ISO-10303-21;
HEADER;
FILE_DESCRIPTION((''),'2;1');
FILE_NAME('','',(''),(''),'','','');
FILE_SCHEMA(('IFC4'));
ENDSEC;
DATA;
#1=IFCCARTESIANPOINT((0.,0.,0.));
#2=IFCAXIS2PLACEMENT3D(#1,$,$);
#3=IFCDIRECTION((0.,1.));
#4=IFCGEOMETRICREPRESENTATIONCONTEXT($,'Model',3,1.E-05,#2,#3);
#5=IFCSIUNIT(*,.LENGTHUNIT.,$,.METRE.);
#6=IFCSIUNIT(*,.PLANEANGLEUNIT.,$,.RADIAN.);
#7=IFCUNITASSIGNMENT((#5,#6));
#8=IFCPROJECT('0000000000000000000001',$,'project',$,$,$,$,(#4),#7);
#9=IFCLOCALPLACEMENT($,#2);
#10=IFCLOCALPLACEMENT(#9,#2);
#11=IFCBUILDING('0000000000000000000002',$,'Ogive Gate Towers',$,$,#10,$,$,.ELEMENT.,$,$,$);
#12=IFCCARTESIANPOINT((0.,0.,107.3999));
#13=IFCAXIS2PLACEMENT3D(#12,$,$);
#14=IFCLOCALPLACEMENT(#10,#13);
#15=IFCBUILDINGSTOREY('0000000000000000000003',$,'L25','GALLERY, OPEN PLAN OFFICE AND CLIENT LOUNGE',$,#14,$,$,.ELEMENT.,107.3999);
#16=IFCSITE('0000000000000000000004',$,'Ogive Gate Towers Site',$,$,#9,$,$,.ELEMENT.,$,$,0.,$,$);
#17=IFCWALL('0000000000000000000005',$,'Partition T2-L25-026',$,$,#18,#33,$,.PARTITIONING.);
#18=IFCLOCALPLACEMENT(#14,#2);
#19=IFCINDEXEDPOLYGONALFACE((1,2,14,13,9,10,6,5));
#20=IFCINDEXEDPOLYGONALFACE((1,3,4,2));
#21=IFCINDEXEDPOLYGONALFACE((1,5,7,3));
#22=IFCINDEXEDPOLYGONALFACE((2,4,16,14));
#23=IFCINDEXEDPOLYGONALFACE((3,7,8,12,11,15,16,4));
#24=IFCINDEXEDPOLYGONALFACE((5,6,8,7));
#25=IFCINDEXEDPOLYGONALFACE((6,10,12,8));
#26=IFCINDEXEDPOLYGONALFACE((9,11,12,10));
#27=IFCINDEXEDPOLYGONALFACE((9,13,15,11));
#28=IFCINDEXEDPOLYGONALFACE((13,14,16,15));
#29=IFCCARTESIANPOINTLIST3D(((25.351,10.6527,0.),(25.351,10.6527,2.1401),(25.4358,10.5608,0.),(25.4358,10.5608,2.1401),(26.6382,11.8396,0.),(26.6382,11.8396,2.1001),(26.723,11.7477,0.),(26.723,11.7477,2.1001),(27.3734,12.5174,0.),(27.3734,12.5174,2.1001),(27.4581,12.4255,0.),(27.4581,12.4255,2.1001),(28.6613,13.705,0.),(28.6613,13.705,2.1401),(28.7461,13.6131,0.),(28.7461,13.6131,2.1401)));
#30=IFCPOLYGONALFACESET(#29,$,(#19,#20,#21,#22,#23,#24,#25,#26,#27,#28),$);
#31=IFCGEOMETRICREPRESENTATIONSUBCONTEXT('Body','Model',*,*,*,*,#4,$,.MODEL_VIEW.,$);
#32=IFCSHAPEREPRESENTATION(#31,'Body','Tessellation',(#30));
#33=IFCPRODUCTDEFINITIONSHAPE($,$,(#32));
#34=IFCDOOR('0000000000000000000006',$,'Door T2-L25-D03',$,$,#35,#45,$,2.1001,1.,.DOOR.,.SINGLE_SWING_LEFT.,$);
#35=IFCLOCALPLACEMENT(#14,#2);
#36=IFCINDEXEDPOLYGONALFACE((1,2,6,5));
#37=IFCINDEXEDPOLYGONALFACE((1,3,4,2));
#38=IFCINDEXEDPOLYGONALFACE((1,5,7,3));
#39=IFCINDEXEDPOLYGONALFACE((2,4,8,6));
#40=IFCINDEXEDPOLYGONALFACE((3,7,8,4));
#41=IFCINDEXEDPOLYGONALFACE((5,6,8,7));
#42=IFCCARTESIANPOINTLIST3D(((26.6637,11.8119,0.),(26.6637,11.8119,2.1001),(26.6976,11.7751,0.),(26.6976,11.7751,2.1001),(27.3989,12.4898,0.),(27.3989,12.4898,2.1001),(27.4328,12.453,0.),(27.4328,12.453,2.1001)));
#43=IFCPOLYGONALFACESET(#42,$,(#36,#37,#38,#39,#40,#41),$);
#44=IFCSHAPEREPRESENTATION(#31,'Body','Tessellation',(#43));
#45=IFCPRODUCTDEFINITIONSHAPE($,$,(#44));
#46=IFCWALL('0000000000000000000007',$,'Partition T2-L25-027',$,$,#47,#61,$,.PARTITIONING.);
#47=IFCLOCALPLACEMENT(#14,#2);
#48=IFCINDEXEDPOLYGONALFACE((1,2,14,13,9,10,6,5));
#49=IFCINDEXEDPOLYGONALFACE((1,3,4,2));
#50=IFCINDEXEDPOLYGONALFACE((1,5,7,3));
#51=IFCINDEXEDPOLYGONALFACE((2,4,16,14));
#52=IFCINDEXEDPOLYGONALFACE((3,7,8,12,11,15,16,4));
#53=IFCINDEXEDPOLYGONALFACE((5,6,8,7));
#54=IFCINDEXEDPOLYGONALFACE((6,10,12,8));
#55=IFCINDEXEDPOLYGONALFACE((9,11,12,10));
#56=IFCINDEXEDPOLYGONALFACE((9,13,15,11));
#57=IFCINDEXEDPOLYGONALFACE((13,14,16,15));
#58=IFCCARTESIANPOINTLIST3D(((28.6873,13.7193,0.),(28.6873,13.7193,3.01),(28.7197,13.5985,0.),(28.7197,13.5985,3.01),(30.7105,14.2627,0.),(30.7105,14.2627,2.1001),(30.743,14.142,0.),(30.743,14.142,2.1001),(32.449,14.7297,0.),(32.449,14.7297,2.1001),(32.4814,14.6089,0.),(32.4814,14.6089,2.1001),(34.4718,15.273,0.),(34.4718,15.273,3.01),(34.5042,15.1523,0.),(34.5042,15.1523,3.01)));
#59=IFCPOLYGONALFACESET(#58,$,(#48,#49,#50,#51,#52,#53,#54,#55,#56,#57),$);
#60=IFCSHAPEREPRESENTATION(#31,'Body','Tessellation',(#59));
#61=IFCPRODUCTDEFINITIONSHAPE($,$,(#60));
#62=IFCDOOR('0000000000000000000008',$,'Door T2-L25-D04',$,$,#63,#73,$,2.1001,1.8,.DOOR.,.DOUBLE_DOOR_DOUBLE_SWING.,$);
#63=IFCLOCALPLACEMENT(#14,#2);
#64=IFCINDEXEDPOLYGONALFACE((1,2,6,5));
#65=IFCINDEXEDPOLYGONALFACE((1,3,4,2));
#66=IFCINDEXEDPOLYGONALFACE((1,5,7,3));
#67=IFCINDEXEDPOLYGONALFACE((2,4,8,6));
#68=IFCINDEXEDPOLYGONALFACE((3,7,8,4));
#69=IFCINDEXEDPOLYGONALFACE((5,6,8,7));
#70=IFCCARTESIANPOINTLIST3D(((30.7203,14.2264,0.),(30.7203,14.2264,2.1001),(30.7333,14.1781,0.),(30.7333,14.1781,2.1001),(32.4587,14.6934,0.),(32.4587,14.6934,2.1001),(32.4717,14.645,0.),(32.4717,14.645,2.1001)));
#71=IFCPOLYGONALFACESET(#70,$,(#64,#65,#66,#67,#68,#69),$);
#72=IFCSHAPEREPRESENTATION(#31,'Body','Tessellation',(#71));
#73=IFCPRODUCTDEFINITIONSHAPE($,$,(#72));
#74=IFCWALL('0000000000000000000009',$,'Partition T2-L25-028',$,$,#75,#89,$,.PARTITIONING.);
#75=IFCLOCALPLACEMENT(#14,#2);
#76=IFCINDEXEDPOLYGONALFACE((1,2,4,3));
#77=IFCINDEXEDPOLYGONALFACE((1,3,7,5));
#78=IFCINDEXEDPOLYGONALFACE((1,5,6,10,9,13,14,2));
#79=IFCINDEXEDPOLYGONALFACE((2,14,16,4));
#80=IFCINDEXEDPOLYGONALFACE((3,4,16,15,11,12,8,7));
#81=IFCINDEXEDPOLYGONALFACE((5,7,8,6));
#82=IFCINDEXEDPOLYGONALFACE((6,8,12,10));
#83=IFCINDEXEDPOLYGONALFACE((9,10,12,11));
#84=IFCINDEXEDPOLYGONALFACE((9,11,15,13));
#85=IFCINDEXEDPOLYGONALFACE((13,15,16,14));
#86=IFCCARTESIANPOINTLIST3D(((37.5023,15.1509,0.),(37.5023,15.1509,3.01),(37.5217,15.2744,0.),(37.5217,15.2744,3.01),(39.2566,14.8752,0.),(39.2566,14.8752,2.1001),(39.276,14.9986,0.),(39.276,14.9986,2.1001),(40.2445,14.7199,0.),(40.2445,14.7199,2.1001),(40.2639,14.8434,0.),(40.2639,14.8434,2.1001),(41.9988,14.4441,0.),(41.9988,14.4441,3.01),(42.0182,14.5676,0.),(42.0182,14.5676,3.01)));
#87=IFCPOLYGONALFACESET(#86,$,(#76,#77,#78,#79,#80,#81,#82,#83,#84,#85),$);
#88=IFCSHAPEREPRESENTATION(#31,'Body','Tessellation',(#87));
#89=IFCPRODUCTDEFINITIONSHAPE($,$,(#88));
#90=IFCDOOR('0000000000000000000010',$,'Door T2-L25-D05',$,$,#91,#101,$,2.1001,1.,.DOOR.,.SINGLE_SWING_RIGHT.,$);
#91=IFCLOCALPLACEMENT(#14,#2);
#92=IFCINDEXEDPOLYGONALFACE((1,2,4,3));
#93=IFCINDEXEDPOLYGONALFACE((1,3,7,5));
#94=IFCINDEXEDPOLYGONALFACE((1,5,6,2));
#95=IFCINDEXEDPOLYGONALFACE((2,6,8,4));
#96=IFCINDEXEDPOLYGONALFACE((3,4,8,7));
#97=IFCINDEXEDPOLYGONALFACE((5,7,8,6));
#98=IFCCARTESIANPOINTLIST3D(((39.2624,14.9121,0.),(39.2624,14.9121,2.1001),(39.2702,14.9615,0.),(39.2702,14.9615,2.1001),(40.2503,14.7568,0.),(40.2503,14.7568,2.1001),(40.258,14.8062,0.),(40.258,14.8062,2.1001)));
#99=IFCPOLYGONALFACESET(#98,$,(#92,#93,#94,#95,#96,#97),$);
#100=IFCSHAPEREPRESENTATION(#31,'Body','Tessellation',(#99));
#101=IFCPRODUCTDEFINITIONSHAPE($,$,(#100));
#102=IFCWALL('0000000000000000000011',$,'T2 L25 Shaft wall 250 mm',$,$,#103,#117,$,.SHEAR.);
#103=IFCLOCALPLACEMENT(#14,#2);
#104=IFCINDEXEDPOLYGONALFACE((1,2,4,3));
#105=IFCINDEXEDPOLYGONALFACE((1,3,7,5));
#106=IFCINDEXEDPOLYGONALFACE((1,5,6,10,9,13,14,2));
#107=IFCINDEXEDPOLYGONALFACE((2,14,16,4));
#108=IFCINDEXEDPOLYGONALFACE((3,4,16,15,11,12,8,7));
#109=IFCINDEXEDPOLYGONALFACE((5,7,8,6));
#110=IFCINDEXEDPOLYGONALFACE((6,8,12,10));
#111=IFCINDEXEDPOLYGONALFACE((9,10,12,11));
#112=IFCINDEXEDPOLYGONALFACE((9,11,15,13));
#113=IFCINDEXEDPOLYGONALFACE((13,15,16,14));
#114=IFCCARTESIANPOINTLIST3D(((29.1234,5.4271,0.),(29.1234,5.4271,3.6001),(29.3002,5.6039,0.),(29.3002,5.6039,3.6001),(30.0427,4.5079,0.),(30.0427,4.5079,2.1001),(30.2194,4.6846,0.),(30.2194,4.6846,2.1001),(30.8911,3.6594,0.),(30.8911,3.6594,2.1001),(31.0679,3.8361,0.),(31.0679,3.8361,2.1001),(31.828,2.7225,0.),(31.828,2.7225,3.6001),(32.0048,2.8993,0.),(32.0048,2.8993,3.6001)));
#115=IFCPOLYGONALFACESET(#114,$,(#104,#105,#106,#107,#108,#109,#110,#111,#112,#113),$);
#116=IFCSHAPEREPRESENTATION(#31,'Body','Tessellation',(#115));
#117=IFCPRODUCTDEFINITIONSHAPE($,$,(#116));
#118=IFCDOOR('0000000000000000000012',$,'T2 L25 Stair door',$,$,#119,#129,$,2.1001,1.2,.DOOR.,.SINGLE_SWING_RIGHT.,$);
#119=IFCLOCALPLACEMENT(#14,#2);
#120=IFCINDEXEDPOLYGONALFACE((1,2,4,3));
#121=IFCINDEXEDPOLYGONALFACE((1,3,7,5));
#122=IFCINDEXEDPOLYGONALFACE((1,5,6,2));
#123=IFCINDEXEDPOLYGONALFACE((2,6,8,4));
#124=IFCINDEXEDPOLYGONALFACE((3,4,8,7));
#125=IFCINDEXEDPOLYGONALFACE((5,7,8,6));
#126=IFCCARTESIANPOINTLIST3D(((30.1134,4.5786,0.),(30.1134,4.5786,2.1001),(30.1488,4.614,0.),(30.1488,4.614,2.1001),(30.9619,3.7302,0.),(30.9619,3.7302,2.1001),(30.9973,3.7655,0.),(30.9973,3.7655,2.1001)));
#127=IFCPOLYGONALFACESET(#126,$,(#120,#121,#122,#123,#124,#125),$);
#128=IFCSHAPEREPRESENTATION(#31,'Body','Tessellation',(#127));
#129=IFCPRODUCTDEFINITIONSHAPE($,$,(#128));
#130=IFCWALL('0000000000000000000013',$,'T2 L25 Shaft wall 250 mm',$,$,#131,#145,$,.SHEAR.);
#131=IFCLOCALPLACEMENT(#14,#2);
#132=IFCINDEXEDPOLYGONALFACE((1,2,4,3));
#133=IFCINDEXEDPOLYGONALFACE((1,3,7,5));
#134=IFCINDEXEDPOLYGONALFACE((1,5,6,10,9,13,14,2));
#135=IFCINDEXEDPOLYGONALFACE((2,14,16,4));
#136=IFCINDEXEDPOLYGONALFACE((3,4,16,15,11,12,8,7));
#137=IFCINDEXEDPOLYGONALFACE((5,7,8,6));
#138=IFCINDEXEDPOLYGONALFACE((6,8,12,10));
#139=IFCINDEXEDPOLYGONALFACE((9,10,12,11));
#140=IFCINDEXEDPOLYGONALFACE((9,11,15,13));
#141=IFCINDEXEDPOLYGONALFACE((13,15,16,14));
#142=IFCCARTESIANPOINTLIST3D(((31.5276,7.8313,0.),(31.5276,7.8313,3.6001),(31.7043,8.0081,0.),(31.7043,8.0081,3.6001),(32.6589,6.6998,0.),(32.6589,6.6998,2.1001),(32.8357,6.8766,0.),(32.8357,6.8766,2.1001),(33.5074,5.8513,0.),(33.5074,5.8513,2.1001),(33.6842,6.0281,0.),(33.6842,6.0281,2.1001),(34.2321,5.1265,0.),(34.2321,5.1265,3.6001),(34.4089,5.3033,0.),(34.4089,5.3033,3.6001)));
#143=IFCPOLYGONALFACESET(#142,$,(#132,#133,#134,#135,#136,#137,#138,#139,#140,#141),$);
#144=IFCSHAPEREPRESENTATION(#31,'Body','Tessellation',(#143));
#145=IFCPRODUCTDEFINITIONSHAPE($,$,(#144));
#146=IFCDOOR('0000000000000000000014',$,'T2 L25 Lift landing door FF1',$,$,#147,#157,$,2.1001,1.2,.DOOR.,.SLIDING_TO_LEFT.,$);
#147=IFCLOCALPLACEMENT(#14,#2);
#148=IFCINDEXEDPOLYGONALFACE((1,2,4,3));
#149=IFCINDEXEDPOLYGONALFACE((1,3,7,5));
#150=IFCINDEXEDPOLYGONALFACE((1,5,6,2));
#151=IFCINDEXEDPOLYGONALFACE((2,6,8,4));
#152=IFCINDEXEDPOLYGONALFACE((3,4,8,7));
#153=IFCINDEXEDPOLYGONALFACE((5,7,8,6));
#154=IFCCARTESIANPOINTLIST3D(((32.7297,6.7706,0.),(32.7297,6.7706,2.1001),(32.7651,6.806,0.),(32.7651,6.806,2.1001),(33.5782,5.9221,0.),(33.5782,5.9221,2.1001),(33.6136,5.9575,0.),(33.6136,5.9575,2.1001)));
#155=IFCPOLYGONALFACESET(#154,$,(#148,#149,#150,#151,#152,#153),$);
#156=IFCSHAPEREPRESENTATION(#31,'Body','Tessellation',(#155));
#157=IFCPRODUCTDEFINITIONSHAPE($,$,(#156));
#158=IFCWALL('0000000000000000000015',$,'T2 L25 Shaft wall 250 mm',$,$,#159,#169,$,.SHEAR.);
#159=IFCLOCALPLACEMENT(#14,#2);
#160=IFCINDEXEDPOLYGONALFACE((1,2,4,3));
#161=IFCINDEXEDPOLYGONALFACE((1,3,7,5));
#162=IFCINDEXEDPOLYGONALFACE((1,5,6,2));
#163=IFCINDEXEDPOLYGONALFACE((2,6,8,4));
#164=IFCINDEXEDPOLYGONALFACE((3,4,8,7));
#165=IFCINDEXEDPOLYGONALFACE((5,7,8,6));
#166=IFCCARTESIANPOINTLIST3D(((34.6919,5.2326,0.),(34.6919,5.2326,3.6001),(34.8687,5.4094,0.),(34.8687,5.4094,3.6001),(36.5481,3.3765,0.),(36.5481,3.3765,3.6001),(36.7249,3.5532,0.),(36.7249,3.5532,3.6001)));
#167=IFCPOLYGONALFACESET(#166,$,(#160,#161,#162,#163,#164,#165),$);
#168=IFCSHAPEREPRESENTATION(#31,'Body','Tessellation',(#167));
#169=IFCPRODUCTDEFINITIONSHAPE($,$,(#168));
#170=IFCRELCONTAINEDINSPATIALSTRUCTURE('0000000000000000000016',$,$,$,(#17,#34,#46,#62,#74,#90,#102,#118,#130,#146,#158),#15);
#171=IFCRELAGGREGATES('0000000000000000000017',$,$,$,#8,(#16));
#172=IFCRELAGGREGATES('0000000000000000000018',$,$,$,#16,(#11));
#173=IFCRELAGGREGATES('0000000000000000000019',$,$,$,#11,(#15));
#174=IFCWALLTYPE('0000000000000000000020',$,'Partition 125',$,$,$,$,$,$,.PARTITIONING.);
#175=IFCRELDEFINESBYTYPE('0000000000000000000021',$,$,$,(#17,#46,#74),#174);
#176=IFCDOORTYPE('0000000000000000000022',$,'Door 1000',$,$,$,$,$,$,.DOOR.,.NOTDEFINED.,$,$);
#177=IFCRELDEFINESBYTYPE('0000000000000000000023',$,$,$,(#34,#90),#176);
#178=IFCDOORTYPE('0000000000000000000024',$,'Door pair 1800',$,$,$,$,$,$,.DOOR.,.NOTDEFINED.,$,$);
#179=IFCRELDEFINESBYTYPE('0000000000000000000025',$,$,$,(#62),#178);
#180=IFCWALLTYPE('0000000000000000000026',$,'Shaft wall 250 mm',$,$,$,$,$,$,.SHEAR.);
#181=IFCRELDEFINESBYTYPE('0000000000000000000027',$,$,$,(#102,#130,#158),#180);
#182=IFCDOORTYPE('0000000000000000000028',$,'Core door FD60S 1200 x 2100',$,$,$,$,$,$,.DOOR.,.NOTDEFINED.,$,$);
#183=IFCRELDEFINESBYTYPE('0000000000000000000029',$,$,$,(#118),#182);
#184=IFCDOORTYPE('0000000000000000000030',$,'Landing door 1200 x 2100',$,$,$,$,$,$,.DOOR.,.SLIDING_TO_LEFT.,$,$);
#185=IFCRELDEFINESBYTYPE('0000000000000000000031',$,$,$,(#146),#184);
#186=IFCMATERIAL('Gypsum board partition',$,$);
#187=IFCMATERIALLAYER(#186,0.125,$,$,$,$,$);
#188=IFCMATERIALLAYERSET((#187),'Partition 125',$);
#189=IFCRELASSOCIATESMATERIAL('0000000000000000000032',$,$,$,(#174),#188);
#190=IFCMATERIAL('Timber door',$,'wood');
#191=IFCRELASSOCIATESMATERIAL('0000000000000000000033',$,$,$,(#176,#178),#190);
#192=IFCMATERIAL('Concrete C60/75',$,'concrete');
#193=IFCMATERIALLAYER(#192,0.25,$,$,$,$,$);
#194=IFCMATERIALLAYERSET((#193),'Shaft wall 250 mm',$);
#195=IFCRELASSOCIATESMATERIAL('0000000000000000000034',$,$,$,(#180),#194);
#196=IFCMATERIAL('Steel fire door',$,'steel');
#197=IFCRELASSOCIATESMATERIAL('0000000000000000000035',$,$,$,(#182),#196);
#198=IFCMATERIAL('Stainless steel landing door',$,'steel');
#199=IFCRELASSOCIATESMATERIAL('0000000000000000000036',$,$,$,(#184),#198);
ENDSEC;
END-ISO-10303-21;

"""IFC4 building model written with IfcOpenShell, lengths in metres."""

from ifc_helpers import new_model, si_unit, direction, frame, frame_2d, origin, place, context, subcontext, project, spatial, rectangle, extrude, material, layer, layer_set, type_object, element, fill, save


model = new_model("IFC4")

# Units and contexts
model_context = context("Model", 3, precision=1e-05, world=origin(), true_north=direction((0.0, 1.0)))
body_context = subcontext(model_context, "Body", "Model", "MODEL_VIEW")
ifc_project = project(units=[si_unit("LENGTHUNIT", "METRE"), si_unit("PLANEANGLEUNIT", "RADIAN")], contexts=[model_context])

# Site, building, storey
site_placement = place(None, origin())
site = spatial("IfcSite", under=ifc_project, at=site_placement, Name="Ogive Gate Towers Site", CompositionType="ELEMENT", RefElevation=0.0)
building_placement = place(site_placement, origin())
building = spatial("IfcBuilding", under=site, at=building_placement, Name="Ogive Gate Towers", CompositionType="ELEMENT")
storey_placement = place(building_placement, frame((0.0, 0.0, 107.3999)))
storey = spatial("IfcBuildingStorey", under=building, at=storey_placement, Name="L25", Description="GALLERY, OPEN PLAN OFFICE AND CLIENT LOUNGE", CompositionType="ELEMENT", Elevation=107.3999)

# Shared definitions
ifc_material_1 = material(Name="Gypsum board partition")
ifc_layer_1 = layer(ifc_material_1, 0.125)
ifc_layer_set_1 = layer_set([ifc_layer_1], Name="Partition 125")
wall_type_1 = type_object("IfcWallType", Name="Partition 125", PredefinedType="PARTITIONING", material=ifc_layer_set_1)

# Walls, openings, doors
ifc_material_2 = material(Name="Timber door", Category="wood")
door_type_1 = type_object("IfcDoorType", Name="Door 1000", OperationType="NOTDEFINED", PredefinedType="DOOR", material=ifc_material_2)
wall_1_placement = place(storey_placement, frame((25.3933, 10.6067, 0.0), z_axis=(0.0, 0.0, 1.0), x_axis=(0.735182, 0.67787, 0.0)))
wall_1 = element("IfcWall", 1, at=wall_1_placement, inside=storey, type_object=wall_type_1, Name="Partition T2-L25-026", PredefinedType="PARTITIONING", context=body_context, shape_type="SweptSolid", body=[
    extrude(rectangle(XDim=4.5027, YDim=0.125, at=frame_2d((2.2515, 0.0))), origin(), (0.0, 0.0, 1.0), 2.1401),
])
opening_1_placement = place(wall_1_placement, frame((1.751, 0.0, 0.0)))
opening_1 = element("IfcOpeningElement", 2, at=opening_1_placement, cuts=wall_1, PredefinedType="OPENING", context=body_context, shape_type="SweptSolid", body=[
    extrude(rectangle(XDim=1.0, YDim=2.1001, at=frame_2d((0.5, 1.05))), frame((0.0, 0.0725, 0.0), z_axis=(0.0, -1.0, 0.0), x_axis=(1.0, 0.0, 0.0)), (0.0, 0.0, 1.0), 0.145),
])
door_1_placement = place(opening_1_placement, origin())
door_1 = element("IfcDoor", 3, at=door_1_placement, inside=storey, type_object=door_type_1, Name="Door T2-L25-D03", OperationType="SINGLE_SWING_LEFT", OverallHeight=2.1001, OverallWidth=1.0, PredefinedType="DOOR", context=body_context, shape_type="SweptSolid", body=[
    extrude(rectangle(XDim=1.0, YDim=2.1001, at=frame_2d((0.5, 1.05))), frame((0.0, 0.0249, 0.0), z_axis=(0.0, -1.0, 0.0), x_axis=(1.0, 0.0, 0.0)), (0.0, 0.0, 1.0), 0.05),
])
fill(opening_1, door_1)
wall_2_placement = place(storey_placement, frame((28.7036, 13.6589, 0.0), z_axis=(0.0, 0.0, 1.0), x_axis=(0.965768, 0.259408, 0.0)))
wall_2 = element("IfcWall", 4, at=wall_2_placement, inside=storey, type_object=wall_type_1, Name="Partition T2-L25-027", PredefinedType="PARTITIONING", context=body_context, shape_type="SweptSolid", body=[
    extrude(rectangle(XDim=5.9895, YDim=0.125, at=frame_2d((2.9946, 0.0))), origin(), (0.0, 0.0, 1.0), 3.01),
])
opening_2_placement = place(wall_2_placement, frame((2.095, 0.0, 0.0)))
opening_2 = element("IfcOpeningElement", 5, at=opening_2_placement, cuts=wall_2, PredefinedType="OPENING", context=body_context, shape_type="SweptSolid", body=[
    extrude(rectangle(XDim=1.8, YDim=2.1001, at=frame_2d((0.8999, 1.05))), frame((0.0, 0.0725, 0.0), z_axis=(0.0, -1.0, 0.0), x_axis=(1.0, 0.0, 0.0)), (0.0, 0.0, 1.0), 0.145),
])
door_type_2 = type_object("IfcDoorType", Name="Door pair 1800", OperationType="NOTDEFINED", PredefinedType="DOOR", material=ifc_material_2)
door_2_placement = place(opening_2_placement, origin())
door_2 = element("IfcDoor", 6, at=door_2_placement, inside=storey, type_object=door_type_2, Name="Door T2-L25-D04", OperationType="DOUBLE_DOOR_DOUBLE_SWING", OverallHeight=2.1001, OverallWidth=1.8, PredefinedType="DOOR", context=body_context, shape_type="SweptSolid", body=[
    extrude(rectangle(XDim=1.8, YDim=2.1001, at=frame_2d((0.8999, 1.05))), frame((0.0, 0.0249, 0.0), z_axis=(0.0, -1.0, 0.0), x_axis=(1.0, 0.0, 0.0)), (0.0, 0.0, 1.0), 0.05),
])
fill(opening_2, door_2)
wall_3_placement = place(storey_placement, frame((37.512, 15.2126, 0.0), z_axis=(0.0, 0.0, 1.0), x_axis=(0.987871, -0.155277, 0.0)))
wall_3 = element("IfcWall", 7, at=wall_3_placement, inside=storey, type_object=wall_type_1, Name="Partition T2-L25-028", PredefinedType="PARTITIONING", context=body_context, shape_type="SweptSolid", body=[
    extrude(rectangle(XDim=4.5518, YDim=0.125, at=frame_2d((2.2759, 0.0))), origin(), (0.0, 0.0, 1.0), 3.01),
])
opening_3_placement = place(wall_3_placement, frame((1.7759, 0.0, 0.0)))
opening_3 = element("IfcOpeningElement", 8, at=opening_3_placement, cuts=wall_3, PredefinedType="OPENING", context=body_context, shape_type="SweptSolid", body=[
    extrude(rectangle(XDim=1.0, YDim=2.1001, at=frame_2d((0.5, 1.05))), frame((0.0, 0.0725, 0.0), z_axis=(0.0, -1.0, 0.0), x_axis=(1.0, 0.0, 0.0)), (0.0, 0.0, 1.0), 0.145),
])
door_3_placement = place(opening_3_placement, origin())
door_3 = element("IfcDoor", 9, at=door_3_placement, inside=storey, type_object=door_type_1, Name="Door T2-L25-D05", OperationType="SINGLE_SWING_RIGHT", OverallHeight=2.1001, OverallWidth=1.0, PredefinedType="DOOR", context=body_context, shape_type="SweptSolid", body=[
    extrude(rectangle(XDim=1.0, YDim=2.1001, at=frame_2d((0.5, 1.05))), frame((0.0, 0.0249, 0.0), z_axis=(0.0, -1.0, 0.0), x_axis=(1.0, 0.0, 0.0)), (0.0, 0.0, 1.0), 0.05),
])
fill(opening_3, door_3)
ifc_material_3 = material(Name="Concrete C60/75", Category="concrete")
ifc_layer_2 = layer(ifc_material_3, 0.25)
ifc_layer_set_2 = layer_set([ifc_layer_2], Name="Shaft wall 250 mm")
wall_type_2 = type_object("IfcWallType", Name="Shaft wall 250 mm", PredefinedType="SHEAR", material=ifc_layer_set_2)
wall_4_placement = place(storey_placement, frame((31.9165, 2.8108, 0.0), z_axis=(0.0, 0.0, 1.0), x_axis=(-0.707107, 0.707107, 0.0)))
wall_4 = element("IfcWall", 10, at=wall_4_placement, inside=storey, type_object=wall_type_2, Name="T2 L25 Shaft wall 250 mm", PredefinedType="SHEAR", context=body_context, shape_type="SweptSolid", body=[
    extrude(rectangle(XDim=3.825, YDim=0.25, at=frame_2d((1.9126, 0.0))), origin(), (0.0, 0.0, 1.0), 3.6001),
])
opening_4_placement = place(wall_4_placement, frame((1.325, 0.0, 0.0)))
opening_4 = element("IfcOpeningElement", 11, at=opening_4_placement, cuts=wall_4, PredefinedType="OPENING", context=body_context, shape_type="SweptSolid", body=[
    extrude(rectangle(XDim=1.2, YDim=2.1001, at=frame_2d((0.6001, 1.05))), frame((0.0, 0.135, 0.0), z_axis=(0.0, -1.0, 0.0), x_axis=(1.0, 0.0, 0.0)), (0.0, 0.0, 1.0), 0.27),
])
ifc_material_4 = material(Name="Steel fire door", Category="steel")
door_type_3 = type_object("IfcDoorType", Name="Core door FD60S 1200 x 2100", OperationType="NOTDEFINED", PredefinedType="DOOR", material=ifc_material_4)
door_4_placement = place(opening_4_placement, origin())
door_4 = element("IfcDoor", 12, at=door_4_placement, inside=storey, type_object=door_type_3, Name="T2 L25 Stair door", OperationType="SINGLE_SWING_RIGHT", OverallHeight=2.1001, OverallWidth=1.2, PredefinedType="DOOR", context=body_context, shape_type="SweptSolid", body=[
    extrude(rectangle(XDim=1.2, YDim=2.1001, at=frame_2d((0.6001, 1.05))), frame((0.0, 0.0249, 0.0), z_axis=(0.0, -1.0, 0.0), x_axis=(1.0, 0.0, 0.0)), (0.0, 0.0, 1.0), 0.05),
])
fill(opening_4, door_4)
wall_5_placement = place(storey_placement, frame((34.3206, 5.2148, 0.0), z_axis=(0.0, 0.0, 1.0), x_axis=(-0.707075, 0.707139, 0.0)))
wall_5 = element("IfcWall", 13, at=wall_5_placement, inside=storey, type_object=wall_type_2, Name="T2 L25 Shaft wall 250 mm", PredefinedType="SHEAR", context=body_context, shape_type="SweptSolid", body=[
    extrude(rectangle(XDim=3.825, YDim=0.25, at=frame_2d((1.9126, 0.0))), origin(), (0.0, 0.0, 1.0), 3.6001),
])
opening_5_placement = place(wall_5_placement, frame((1.0249, 0.0, 0.0)))
opening_5 = element("IfcOpeningElement", 14, at=opening_5_placement, cuts=wall_5, PredefinedType="OPENING", context=body_context, shape_type="SweptSolid", body=[
    extrude(rectangle(XDim=1.2, YDim=2.1001, at=frame_2d((0.6001, 1.05))), frame((0.0, 0.135, 0.0), z_axis=(0.0, -1.0, 0.0), x_axis=(1.0, 0.0, 0.0)), (0.0, 0.0, 1.0), 0.27),
])
ifc_material_5 = material(Name="Stainless steel landing door", Category="steel")
door_type_4 = type_object("IfcDoorType", Name="Landing door 1200 x 2100", OperationType="SLIDING_TO_LEFT", PredefinedType="DOOR", material=ifc_material_5)
door_5_placement = place(opening_5_placement, origin())
door_5 = element("IfcDoor", 15, at=door_5_placement, inside=storey, type_object=door_type_4, Name="T2 L25 Lift landing door FF1", OperationType="SLIDING_TO_LEFT", OverallHeight=2.1001, OverallWidth=1.2, PredefinedType="DOOR", context=body_context, shape_type="SweptSolid", body=[
    extrude(rectangle(XDim=1.2, YDim=2.1001, at=frame_2d((0.6001, 1.05))), frame((0.0, 0.0249, 0.0), z_axis=(0.0, -1.0, 0.0), x_axis=(1.0, 0.0, 0.0)), (0.0, 0.0, 1.0), 0.05),
])
fill(opening_5, door_5)

# Wall
wall_6_placement = place(storey_placement, frame((36.6365, 3.4648, 0.0), z_axis=(0.0, 0.0, 1.0), x_axis=(-0.707107, 0.707107, 0.0)))
element("IfcWall", 16, at=wall_6_placement, inside=storey, type_object=wall_type_2, Name="T2 L25 Shaft wall 250 mm", PredefinedType="SHEAR", context=body_context, shape_type="SweptSolid", body=[
    extrude(rectangle(XDim=2.625, YDim=0.25, at=frame_2d((1.3125, 0.0))), origin(), (0.0, 0.0, 1.0), 3.6001),
])

save(model, "model.ifc")
